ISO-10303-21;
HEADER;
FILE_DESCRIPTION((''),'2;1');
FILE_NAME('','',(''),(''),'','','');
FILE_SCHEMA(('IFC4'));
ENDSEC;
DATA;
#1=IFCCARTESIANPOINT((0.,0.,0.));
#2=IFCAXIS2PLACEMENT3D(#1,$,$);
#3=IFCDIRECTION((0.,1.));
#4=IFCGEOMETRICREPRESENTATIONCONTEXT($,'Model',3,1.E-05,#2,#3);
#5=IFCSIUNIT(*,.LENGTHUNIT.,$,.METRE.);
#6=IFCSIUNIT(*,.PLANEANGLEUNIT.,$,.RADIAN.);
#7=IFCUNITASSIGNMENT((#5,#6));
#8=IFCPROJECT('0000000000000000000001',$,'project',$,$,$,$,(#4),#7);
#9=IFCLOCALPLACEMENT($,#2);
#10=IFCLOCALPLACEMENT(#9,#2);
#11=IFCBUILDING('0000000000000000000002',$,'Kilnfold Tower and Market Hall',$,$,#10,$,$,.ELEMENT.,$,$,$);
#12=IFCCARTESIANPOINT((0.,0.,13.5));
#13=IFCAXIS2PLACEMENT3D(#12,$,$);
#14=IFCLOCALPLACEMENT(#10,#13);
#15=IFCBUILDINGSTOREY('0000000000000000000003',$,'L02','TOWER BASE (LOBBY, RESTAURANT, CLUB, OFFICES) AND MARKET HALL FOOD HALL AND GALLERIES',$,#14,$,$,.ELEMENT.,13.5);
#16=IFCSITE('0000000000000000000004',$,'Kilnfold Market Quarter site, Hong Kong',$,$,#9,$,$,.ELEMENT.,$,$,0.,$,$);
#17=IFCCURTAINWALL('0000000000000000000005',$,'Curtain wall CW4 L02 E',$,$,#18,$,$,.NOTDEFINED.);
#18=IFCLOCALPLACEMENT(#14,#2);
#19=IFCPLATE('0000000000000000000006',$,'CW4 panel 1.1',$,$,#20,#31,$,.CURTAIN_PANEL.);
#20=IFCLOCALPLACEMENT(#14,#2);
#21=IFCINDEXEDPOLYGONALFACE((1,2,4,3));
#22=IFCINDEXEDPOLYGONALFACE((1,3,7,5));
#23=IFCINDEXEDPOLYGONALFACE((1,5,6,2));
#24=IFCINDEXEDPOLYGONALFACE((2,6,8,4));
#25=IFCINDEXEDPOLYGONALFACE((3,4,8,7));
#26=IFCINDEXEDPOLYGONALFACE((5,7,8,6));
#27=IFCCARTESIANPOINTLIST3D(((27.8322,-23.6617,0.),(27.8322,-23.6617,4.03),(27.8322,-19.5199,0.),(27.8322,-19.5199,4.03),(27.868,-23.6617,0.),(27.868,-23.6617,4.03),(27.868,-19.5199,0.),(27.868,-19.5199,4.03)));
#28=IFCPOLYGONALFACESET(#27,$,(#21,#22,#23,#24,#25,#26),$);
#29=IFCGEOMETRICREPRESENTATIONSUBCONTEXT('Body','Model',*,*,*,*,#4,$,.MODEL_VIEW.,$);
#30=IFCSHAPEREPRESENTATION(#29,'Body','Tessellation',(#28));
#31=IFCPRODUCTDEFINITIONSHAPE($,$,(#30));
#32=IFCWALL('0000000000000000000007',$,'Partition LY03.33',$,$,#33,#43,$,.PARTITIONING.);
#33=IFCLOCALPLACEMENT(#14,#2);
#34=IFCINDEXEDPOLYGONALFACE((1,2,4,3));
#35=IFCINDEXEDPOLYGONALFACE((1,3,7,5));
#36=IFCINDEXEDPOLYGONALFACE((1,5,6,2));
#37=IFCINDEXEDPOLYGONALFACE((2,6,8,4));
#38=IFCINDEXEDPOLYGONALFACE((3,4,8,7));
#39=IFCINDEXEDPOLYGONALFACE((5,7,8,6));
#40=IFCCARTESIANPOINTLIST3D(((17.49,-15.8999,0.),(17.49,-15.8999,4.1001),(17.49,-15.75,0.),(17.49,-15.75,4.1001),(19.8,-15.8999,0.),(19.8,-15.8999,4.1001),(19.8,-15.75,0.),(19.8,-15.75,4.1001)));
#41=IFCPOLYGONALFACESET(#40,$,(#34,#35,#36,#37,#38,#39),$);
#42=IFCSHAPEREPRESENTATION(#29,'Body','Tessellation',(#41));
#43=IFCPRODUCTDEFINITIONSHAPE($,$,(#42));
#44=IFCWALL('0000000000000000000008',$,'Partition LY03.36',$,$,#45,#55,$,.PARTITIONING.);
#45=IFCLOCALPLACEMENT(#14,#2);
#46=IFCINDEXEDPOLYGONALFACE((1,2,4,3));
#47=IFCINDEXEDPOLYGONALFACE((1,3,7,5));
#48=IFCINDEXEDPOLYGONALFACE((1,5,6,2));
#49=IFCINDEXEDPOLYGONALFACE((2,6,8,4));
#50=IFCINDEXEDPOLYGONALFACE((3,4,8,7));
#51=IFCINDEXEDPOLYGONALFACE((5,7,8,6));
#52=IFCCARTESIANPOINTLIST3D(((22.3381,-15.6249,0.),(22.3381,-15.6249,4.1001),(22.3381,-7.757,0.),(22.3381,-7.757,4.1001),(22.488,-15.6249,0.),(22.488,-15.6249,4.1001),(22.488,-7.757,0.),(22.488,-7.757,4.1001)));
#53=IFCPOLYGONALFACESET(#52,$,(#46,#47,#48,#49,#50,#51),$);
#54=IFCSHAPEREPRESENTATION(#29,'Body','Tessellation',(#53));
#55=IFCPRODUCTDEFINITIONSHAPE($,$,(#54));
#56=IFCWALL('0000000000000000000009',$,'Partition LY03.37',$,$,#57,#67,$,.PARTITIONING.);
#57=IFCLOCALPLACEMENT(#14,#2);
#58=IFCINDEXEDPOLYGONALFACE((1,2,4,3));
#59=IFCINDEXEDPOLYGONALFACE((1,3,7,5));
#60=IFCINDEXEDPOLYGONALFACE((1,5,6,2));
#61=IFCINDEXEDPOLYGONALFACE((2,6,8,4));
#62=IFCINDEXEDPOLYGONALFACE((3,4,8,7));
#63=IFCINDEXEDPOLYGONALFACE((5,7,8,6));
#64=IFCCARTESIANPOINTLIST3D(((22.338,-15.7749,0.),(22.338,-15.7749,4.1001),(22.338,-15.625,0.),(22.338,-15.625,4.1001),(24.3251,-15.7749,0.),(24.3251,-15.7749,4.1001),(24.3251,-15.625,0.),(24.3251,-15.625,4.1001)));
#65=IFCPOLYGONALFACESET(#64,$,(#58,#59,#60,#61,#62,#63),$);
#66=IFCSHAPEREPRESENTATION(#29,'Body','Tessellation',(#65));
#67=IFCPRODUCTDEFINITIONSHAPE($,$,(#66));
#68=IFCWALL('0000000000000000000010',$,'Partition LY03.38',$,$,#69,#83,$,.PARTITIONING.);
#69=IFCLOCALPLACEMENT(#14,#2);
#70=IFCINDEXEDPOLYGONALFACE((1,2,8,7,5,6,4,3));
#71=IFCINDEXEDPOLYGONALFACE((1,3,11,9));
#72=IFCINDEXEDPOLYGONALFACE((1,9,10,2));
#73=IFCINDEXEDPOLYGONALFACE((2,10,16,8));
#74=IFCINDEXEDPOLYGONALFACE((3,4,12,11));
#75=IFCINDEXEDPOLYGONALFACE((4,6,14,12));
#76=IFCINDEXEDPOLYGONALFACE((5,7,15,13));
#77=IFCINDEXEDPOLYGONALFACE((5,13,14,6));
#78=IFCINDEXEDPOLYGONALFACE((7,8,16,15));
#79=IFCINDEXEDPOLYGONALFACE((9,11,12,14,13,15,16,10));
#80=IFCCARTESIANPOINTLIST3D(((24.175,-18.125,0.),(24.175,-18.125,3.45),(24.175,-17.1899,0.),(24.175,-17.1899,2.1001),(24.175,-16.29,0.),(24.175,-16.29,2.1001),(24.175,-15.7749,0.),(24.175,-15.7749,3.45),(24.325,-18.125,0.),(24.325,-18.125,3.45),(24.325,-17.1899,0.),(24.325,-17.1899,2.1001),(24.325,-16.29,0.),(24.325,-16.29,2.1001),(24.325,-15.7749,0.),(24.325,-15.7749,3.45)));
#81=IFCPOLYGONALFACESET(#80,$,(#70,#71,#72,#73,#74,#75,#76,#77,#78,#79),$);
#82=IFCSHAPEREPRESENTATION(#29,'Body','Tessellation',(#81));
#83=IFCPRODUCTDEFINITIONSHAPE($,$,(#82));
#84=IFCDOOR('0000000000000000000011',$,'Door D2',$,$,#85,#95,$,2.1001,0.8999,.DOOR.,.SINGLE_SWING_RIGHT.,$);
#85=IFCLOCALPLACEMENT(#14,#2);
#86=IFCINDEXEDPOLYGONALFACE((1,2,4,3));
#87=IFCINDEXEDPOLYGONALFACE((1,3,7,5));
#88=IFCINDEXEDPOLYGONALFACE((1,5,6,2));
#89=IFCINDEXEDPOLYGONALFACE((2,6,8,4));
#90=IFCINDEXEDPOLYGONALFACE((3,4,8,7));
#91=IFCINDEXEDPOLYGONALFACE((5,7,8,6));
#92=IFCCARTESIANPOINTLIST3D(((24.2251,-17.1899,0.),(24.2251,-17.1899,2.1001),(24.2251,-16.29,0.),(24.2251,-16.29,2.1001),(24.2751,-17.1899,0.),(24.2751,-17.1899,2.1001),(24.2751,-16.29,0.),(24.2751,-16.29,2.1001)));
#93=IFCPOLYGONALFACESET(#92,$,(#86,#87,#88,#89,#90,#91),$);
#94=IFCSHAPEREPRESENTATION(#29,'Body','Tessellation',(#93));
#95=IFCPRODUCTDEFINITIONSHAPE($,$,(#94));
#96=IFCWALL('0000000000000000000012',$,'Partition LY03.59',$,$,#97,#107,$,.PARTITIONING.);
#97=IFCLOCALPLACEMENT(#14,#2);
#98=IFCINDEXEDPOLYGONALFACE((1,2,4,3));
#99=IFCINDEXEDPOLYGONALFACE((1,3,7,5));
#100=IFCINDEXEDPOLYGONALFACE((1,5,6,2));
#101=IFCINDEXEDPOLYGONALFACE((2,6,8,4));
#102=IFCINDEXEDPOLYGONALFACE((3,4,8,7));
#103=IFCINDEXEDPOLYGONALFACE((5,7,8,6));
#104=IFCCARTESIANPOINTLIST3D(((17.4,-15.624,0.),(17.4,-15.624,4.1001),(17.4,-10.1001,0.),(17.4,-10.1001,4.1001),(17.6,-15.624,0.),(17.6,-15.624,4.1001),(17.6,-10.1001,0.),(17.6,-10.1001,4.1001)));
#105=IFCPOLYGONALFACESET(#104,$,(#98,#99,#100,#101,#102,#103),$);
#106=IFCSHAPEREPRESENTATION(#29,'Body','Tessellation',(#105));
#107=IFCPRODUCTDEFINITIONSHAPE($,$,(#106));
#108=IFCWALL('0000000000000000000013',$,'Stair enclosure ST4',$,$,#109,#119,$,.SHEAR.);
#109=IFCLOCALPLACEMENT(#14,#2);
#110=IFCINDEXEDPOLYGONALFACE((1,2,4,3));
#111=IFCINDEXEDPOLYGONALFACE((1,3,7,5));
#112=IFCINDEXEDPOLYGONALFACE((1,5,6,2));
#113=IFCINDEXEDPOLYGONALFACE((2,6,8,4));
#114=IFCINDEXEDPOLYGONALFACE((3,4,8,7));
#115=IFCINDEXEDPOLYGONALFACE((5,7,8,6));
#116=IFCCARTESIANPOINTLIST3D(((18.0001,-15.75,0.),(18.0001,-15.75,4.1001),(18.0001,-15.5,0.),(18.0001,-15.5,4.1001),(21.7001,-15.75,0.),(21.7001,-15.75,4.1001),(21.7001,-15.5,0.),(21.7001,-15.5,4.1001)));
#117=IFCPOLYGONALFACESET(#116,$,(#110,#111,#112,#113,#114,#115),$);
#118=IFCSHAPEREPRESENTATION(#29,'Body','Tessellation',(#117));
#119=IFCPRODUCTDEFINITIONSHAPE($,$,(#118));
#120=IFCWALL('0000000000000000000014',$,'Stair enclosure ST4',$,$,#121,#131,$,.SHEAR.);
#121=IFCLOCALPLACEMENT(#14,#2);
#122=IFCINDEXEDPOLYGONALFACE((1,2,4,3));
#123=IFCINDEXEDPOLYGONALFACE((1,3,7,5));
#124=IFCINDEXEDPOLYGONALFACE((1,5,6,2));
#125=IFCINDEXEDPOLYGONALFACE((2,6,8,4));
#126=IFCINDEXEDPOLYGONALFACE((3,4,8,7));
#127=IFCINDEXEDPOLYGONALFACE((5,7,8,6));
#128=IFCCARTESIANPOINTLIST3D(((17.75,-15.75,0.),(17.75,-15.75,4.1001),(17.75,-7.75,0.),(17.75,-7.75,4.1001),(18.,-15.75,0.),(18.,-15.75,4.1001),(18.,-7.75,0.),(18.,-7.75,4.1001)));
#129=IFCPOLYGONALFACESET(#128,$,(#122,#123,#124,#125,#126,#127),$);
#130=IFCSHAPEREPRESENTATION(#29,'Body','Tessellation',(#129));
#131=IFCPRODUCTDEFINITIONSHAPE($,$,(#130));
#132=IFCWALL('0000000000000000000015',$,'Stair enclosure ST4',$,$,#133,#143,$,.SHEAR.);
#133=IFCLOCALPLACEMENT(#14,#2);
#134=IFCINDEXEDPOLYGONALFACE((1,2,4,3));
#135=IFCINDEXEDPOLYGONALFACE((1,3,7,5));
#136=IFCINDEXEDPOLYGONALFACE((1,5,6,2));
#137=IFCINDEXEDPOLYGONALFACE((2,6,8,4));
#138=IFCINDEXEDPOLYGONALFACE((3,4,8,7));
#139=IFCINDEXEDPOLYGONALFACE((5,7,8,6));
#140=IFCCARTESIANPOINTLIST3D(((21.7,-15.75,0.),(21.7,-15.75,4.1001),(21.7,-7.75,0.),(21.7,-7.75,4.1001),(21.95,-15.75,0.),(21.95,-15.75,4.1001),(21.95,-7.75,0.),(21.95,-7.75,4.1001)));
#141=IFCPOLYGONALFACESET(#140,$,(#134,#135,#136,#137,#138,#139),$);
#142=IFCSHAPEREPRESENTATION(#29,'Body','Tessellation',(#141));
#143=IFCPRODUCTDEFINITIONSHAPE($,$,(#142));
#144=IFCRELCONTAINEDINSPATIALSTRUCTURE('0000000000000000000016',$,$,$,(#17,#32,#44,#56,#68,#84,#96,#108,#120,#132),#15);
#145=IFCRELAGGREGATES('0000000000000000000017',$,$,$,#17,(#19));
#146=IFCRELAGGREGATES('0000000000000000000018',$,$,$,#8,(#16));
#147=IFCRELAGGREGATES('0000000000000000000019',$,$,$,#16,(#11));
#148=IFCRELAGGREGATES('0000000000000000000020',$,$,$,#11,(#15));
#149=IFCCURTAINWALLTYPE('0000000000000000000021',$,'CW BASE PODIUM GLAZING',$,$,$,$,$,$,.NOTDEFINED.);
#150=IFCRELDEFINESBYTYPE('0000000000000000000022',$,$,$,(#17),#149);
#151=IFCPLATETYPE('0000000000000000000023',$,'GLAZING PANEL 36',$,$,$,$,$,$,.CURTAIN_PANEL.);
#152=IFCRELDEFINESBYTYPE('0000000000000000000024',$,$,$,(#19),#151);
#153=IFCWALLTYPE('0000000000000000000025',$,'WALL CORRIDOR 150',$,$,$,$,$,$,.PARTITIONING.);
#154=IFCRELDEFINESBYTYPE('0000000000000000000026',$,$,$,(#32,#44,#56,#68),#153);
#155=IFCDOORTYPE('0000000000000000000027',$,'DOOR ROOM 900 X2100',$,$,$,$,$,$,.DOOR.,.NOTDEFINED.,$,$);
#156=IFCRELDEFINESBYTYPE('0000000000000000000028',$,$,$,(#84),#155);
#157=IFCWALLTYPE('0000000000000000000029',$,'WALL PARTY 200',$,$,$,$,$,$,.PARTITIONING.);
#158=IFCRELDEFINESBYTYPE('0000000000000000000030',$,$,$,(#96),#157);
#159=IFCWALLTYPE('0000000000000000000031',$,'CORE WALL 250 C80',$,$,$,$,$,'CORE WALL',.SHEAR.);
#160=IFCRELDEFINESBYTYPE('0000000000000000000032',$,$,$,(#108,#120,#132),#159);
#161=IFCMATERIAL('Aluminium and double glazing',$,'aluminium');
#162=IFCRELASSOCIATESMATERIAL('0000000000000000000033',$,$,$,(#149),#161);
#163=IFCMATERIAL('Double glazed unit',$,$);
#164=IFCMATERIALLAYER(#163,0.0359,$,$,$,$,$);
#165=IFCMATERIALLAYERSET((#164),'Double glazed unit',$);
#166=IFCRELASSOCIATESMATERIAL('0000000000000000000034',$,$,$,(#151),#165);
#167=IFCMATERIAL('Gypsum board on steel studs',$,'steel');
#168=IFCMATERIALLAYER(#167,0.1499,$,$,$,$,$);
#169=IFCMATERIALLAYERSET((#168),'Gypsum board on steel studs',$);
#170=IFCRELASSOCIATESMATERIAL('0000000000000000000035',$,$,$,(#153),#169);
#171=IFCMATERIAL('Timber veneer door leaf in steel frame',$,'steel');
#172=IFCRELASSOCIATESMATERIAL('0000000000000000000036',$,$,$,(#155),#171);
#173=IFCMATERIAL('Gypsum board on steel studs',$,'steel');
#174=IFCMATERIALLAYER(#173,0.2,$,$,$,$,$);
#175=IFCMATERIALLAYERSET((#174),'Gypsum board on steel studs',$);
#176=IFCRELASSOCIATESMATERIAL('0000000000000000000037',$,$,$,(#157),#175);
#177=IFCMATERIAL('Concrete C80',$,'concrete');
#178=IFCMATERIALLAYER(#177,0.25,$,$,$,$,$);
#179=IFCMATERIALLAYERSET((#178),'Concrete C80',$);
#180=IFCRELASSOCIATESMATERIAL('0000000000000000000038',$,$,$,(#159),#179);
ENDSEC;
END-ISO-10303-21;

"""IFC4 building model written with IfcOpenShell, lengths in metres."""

from ifc_helpers import new_model, si_unit, direction, frame, frame_2d, origin, origin_2d, place, context, subcontext, project, spatial, rectangle, extrude, source, transform, mapped, material, layer, layer_set, type_object, element, fill, aggregate, save


model = new_model("IFC4")

# Units and contexts
model_context = context("Model", 3, precision=1e-05, world=origin(), true_north=direction((0.0, 1.0)))
body_context = subcontext(model_context, "Body", "Model", "MODEL_VIEW")
ifc_project = project(units=[si_unit("LENGTHUNIT", "METRE"), si_unit("PLANEANGLEUNIT", "RADIAN")], contexts=[model_context])

# Site, building, storey
site_placement = place(None, origin())
site = spatial("IfcSite", under=ifc_project, at=site_placement, Name="Kilnfold Market Quarter site, Hong Kong", CompositionType="ELEMENT", RefElevation=0.0)
building_placement = place(site_placement, origin())
building = spatial("IfcBuilding", under=site, at=building_placement, Name="Kilnfold Tower and Market Hall", CompositionType="ELEMENT")
storey_placement = place(building_placement, frame((0.0, 0.0, 13.5)))
storey = spatial("IfcBuildingStorey", under=building, at=storey_placement, Name="L02", Description="TOWER BASE (LOBBY, RESTAURANT, CLUB, OFFICES) AND MARKET HALL FOOD HALL AND GALLERIES", CompositionType="ELEMENT", Elevation=13.5)

# Curtain wall
ifc_material_1 = material(Name="Aluminium and double glazing", Category="aluminium")
curtain_wall_type = type_object("IfcCurtainWallType", Name="CW BASE PODIUM GLAZING", PredefinedType="NOTDEFINED", material=ifc_material_1)
curtain_wall_1_placement = place(storey_placement, origin())
curtain_wall_1 = element("IfcCurtainWall", 1, at=curtain_wall_1_placement, inside=storey, type_object=curtain_wall_type, Name="Curtain wall CW4 L02 E", PredefinedType="NOTDEFINED")

# Plate
ifc_material_2 = material(Name="Double glazed unit")
ifc_layer_1 = layer(ifc_material_2, 0.0359)
ifc_layer_set_1 = layer_set([ifc_layer_1], Name="Double glazed unit")
plate_type = type_object("IfcPlateType", Name="GLAZING PANEL 36", PredefinedType="CURTAIN_PANEL", material=ifc_layer_set_1)
shared_shape_1 = source(origin(), body_context, "Body", "SweptSolid", [
    extrude(rectangle(XDim=4.1418, YDim=0.0359, at=origin_2d()), origin(), (0.0, 0.0, 1.0), 4.03),
])
plate_1_placement = place(storey_placement, frame((27.8501, -21.5908, 0.0), z_axis=(0.0, 0.0, 1.0), x_axis=(0.0, 1.0, 0.0)))
plate_1 = element("IfcPlate", 2, at=plate_1_placement, type_object=plate_type, Name="CW4 panel 1.1", PredefinedType="CURTAIN_PANEL", context=body_context, shape_type="MappedRepresentation", body=[
    mapped(shared_shape_1, transform((0.0, 0.0, 0.0))),
])
aggregate(curtain_wall_1, [plate_1])

# Walls
ifc_material_3 = material(Name="Gypsum board on steel studs", Category="steel")
ifc_layer_2 = layer(ifc_material_3, 0.1499)
ifc_layer_set_2 = layer_set([ifc_layer_2], Name="Gypsum board on steel studs")
wall_type_1 = type_object("IfcWallType", Name="WALL CORRIDOR 150", PredefinedType="PARTITIONING", material=ifc_layer_set_2)
wall_1_placement = place(storey_placement, frame((17.49, -15.825, 0.0), z_axis=(0.0, 0.0, 1.0), x_axis=(1.0, 0.0, 0.0)))
element("IfcWall", 3, at=wall_1_placement, inside=storey, type_object=wall_type_1, Name="Partition LY03.33", PredefinedType="PARTITIONING", context=body_context, shape_type="SweptSolid", body=[
    extrude(rectangle(XDim=2.3101, YDim=0.1499, at=frame_2d((1.155, 0.0))), origin(), (0.0, 0.0, 1.0), 4.1001),
])
wall_2_placement = place(storey_placement, frame((22.4131, -15.625, 0.0), z_axis=(0.0, 0.0, 1.0), x_axis=(0.0, 1.0, 0.0)))
element("IfcWall", 4, at=wall_2_placement, inside=storey, type_object=wall_type_1, Name="Partition LY03.36", PredefinedType="PARTITIONING", context=body_context, shape_type="SweptSolid", body=[
    extrude(rectangle(XDim=7.8679, YDim=0.1499, at=frame_2d((3.9341, 0.0))), origin(), (0.0, 0.0, 1.0), 4.1001),
])
wall_3_placement = place(storey_placement, frame((22.3379, -15.7, 0.0), z_axis=(0.0, 0.0, 1.0), x_axis=(1.0, 0.0, 0.0)))
element("IfcWall", 5, at=wall_3_placement, inside=storey, type_object=wall_type_1, Name="Partition LY03.37", PredefinedType="PARTITIONING", context=body_context, shape_type="SweptSolid", body=[
    extrude(rectangle(XDim=1.9871, YDim=0.1499, at=frame_2d((0.9937, 0.0))), origin(), (0.0, 0.0, 1.0), 4.1001),
])

# Wall, opening, door
wall_4_placement = place(storey_placement, frame((24.25, -18.125, 0.0), z_axis=(0.0, 0.0, 1.0), x_axis=(0.0, 1.0, 0.0)))
wall_4 = element("IfcWall", 6, at=wall_4_placement, inside=storey, type_object=wall_type_1, Name="Partition LY03.38", PredefinedType="PARTITIONING", context=body_context, shape_type="SweptSolid", body=[
    extrude(rectangle(XDim=2.3501, YDim=0.1499, at=frame_2d((1.175, 0.0))), origin(), (0.0, 0.0, 1.0), 3.45),
])
opening_placement = place(wall_4_placement, frame((0.9351, 0.0, 0.0)))
opening = element("IfcOpeningElement", 7, at=opening_placement, cuts=wall_4, PredefinedType="OPENING", context=body_context, shape_type="SweptSolid", body=[
    extrude(rectangle(XDim=0.8999, YDim=2.1001, at=frame_2d((0.45, 1.05))), frame((0.0, 0.085, 0.0), z_axis=(0.0, -1.0, 0.0), x_axis=(1.0, 0.0, 0.0)), (0.0, 0.0, 1.0), 0.1699),
])
ifc_material_4 = material(Name="Timber veneer door leaf in steel frame", Category="steel")
door_type = type_object("IfcDoorType", Name="DOOR ROOM 900 X2100", OperationType="NOTDEFINED", PredefinedType="DOOR", material=ifc_material_4)
door_placement = place(opening_placement, origin())
door = element("IfcDoor", 8, at=door_placement, inside=storey, type_object=door_type, Name="Door D2", OperationType="SINGLE_SWING_RIGHT", OverallHeight=2.1001, OverallWidth=0.8999, PredefinedType="DOOR", context=body_context, shape_type="SweptSolid", body=[
    extrude(rectangle(XDim=0.8999, YDim=2.1001, at=frame_2d((0.45, 1.05))), frame((0.0, 0.0249, 0.0), z_axis=(0.0, -1.0, 0.0), x_axis=(1.0, 0.0, 0.0)), (0.0, 0.0, 1.0), 0.05),
])
fill(opening, door)

# Walls
ifc_material_5 = material(Name="Gypsum board on steel studs", Category="steel")
ifc_layer_3 = layer(ifc_material_5, 0.2)
ifc_layer_set_3 = layer_set([ifc_layer_3], Name="Gypsum board on steel studs")
wall_type_2 = type_object("IfcWallType", Name="WALL PARTY 200", PredefinedType="PARTITIONING", material=ifc_layer_set_3)
wall_5_placement = place(storey_placement, frame((17.5, -15.624, 0.0), z_axis=(0.0, 0.0, 1.0), x_axis=(0.0, 1.0, 0.0)))
element("IfcWall", 9, at=wall_5_placement, inside=storey, type_object=wall_type_2, Name="Partition LY03.59", PredefinedType="PARTITIONING", context=body_context, shape_type="SweptSolid", body=[
    extrude(rectangle(XDim=5.5239, YDim=0.2, at=frame_2d((2.762, 0.0))), origin(), (0.0, 0.0, 1.0), 4.1001),
])
ifc_material_6 = material(Name="Concrete C80", Category="concrete")
ifc_layer_4 = layer(ifc_material_6, 0.25)
ifc_layer_set_4 = layer_set([ifc_layer_4], Name="Concrete C80")
wall_type_3 = type_object("IfcWallType", Name="CORE WALL 250 C80", ElementType="CORE WALL", PredefinedType="SHEAR", material=ifc_layer_set_4)
shared_shape_2 = source(origin(), body_context, "Body", "SweptSolid", [
    extrude(rectangle(XDim=3.7, YDim=0.25, at=frame_2d((1.8501, 0.0))), origin(), (0.0, 0.0, 1.0), 4.1001),
])
wall_6_placement = place(storey_placement, frame((18.0, -15.625, 0.0), z_axis=(0.0, 0.0, 1.0), x_axis=(1.0, 0.0, 0.0)))
element("IfcWall", 10, at=wall_6_placement, inside=storey, type_object=wall_type_3, Name="Stair enclosure ST4", PredefinedType="SHEAR", context=body_context, shape_type="MappedRepresentation", body=[
    mapped(shared_shape_2, transform((0.0, 0.0, 0.0))),
])
shared_shape_3 = source(origin(), body_context, "Body", "SweptSolid", [
    extrude(rectangle(XDim=8.0, YDim=0.25, at=frame_2d((4.0, 0.0))), origin(), (0.0, 0.0, 1.0), 4.1001),
])
for number, where, z_axis, x_axis, name in (
    (11, (17.875, -15.75, 0.0), (0.0, 0.0, 1.0), (0.0, 1.0, 0.0), "Stair enclosure ST4"),
    (12, (21.825, -15.75, 0.0), (0.0, 0.0, 1.0), (0.0, 1.0, 0.0), "Stair enclosure ST4"),
):
    element("IfcWall", number, at=place(storey_placement, frame(where, z_axis=z_axis, x_axis=x_axis)), inside=storey, type_object=wall_type_3, Name=name, PredefinedType="SHEAR", context=body_context, shape_type="MappedRepresentation", body=[
        mapped(shared_shape_3, transform((0.0, 0.0, 0.0))),
    ])

save(model, "model.ifc")
